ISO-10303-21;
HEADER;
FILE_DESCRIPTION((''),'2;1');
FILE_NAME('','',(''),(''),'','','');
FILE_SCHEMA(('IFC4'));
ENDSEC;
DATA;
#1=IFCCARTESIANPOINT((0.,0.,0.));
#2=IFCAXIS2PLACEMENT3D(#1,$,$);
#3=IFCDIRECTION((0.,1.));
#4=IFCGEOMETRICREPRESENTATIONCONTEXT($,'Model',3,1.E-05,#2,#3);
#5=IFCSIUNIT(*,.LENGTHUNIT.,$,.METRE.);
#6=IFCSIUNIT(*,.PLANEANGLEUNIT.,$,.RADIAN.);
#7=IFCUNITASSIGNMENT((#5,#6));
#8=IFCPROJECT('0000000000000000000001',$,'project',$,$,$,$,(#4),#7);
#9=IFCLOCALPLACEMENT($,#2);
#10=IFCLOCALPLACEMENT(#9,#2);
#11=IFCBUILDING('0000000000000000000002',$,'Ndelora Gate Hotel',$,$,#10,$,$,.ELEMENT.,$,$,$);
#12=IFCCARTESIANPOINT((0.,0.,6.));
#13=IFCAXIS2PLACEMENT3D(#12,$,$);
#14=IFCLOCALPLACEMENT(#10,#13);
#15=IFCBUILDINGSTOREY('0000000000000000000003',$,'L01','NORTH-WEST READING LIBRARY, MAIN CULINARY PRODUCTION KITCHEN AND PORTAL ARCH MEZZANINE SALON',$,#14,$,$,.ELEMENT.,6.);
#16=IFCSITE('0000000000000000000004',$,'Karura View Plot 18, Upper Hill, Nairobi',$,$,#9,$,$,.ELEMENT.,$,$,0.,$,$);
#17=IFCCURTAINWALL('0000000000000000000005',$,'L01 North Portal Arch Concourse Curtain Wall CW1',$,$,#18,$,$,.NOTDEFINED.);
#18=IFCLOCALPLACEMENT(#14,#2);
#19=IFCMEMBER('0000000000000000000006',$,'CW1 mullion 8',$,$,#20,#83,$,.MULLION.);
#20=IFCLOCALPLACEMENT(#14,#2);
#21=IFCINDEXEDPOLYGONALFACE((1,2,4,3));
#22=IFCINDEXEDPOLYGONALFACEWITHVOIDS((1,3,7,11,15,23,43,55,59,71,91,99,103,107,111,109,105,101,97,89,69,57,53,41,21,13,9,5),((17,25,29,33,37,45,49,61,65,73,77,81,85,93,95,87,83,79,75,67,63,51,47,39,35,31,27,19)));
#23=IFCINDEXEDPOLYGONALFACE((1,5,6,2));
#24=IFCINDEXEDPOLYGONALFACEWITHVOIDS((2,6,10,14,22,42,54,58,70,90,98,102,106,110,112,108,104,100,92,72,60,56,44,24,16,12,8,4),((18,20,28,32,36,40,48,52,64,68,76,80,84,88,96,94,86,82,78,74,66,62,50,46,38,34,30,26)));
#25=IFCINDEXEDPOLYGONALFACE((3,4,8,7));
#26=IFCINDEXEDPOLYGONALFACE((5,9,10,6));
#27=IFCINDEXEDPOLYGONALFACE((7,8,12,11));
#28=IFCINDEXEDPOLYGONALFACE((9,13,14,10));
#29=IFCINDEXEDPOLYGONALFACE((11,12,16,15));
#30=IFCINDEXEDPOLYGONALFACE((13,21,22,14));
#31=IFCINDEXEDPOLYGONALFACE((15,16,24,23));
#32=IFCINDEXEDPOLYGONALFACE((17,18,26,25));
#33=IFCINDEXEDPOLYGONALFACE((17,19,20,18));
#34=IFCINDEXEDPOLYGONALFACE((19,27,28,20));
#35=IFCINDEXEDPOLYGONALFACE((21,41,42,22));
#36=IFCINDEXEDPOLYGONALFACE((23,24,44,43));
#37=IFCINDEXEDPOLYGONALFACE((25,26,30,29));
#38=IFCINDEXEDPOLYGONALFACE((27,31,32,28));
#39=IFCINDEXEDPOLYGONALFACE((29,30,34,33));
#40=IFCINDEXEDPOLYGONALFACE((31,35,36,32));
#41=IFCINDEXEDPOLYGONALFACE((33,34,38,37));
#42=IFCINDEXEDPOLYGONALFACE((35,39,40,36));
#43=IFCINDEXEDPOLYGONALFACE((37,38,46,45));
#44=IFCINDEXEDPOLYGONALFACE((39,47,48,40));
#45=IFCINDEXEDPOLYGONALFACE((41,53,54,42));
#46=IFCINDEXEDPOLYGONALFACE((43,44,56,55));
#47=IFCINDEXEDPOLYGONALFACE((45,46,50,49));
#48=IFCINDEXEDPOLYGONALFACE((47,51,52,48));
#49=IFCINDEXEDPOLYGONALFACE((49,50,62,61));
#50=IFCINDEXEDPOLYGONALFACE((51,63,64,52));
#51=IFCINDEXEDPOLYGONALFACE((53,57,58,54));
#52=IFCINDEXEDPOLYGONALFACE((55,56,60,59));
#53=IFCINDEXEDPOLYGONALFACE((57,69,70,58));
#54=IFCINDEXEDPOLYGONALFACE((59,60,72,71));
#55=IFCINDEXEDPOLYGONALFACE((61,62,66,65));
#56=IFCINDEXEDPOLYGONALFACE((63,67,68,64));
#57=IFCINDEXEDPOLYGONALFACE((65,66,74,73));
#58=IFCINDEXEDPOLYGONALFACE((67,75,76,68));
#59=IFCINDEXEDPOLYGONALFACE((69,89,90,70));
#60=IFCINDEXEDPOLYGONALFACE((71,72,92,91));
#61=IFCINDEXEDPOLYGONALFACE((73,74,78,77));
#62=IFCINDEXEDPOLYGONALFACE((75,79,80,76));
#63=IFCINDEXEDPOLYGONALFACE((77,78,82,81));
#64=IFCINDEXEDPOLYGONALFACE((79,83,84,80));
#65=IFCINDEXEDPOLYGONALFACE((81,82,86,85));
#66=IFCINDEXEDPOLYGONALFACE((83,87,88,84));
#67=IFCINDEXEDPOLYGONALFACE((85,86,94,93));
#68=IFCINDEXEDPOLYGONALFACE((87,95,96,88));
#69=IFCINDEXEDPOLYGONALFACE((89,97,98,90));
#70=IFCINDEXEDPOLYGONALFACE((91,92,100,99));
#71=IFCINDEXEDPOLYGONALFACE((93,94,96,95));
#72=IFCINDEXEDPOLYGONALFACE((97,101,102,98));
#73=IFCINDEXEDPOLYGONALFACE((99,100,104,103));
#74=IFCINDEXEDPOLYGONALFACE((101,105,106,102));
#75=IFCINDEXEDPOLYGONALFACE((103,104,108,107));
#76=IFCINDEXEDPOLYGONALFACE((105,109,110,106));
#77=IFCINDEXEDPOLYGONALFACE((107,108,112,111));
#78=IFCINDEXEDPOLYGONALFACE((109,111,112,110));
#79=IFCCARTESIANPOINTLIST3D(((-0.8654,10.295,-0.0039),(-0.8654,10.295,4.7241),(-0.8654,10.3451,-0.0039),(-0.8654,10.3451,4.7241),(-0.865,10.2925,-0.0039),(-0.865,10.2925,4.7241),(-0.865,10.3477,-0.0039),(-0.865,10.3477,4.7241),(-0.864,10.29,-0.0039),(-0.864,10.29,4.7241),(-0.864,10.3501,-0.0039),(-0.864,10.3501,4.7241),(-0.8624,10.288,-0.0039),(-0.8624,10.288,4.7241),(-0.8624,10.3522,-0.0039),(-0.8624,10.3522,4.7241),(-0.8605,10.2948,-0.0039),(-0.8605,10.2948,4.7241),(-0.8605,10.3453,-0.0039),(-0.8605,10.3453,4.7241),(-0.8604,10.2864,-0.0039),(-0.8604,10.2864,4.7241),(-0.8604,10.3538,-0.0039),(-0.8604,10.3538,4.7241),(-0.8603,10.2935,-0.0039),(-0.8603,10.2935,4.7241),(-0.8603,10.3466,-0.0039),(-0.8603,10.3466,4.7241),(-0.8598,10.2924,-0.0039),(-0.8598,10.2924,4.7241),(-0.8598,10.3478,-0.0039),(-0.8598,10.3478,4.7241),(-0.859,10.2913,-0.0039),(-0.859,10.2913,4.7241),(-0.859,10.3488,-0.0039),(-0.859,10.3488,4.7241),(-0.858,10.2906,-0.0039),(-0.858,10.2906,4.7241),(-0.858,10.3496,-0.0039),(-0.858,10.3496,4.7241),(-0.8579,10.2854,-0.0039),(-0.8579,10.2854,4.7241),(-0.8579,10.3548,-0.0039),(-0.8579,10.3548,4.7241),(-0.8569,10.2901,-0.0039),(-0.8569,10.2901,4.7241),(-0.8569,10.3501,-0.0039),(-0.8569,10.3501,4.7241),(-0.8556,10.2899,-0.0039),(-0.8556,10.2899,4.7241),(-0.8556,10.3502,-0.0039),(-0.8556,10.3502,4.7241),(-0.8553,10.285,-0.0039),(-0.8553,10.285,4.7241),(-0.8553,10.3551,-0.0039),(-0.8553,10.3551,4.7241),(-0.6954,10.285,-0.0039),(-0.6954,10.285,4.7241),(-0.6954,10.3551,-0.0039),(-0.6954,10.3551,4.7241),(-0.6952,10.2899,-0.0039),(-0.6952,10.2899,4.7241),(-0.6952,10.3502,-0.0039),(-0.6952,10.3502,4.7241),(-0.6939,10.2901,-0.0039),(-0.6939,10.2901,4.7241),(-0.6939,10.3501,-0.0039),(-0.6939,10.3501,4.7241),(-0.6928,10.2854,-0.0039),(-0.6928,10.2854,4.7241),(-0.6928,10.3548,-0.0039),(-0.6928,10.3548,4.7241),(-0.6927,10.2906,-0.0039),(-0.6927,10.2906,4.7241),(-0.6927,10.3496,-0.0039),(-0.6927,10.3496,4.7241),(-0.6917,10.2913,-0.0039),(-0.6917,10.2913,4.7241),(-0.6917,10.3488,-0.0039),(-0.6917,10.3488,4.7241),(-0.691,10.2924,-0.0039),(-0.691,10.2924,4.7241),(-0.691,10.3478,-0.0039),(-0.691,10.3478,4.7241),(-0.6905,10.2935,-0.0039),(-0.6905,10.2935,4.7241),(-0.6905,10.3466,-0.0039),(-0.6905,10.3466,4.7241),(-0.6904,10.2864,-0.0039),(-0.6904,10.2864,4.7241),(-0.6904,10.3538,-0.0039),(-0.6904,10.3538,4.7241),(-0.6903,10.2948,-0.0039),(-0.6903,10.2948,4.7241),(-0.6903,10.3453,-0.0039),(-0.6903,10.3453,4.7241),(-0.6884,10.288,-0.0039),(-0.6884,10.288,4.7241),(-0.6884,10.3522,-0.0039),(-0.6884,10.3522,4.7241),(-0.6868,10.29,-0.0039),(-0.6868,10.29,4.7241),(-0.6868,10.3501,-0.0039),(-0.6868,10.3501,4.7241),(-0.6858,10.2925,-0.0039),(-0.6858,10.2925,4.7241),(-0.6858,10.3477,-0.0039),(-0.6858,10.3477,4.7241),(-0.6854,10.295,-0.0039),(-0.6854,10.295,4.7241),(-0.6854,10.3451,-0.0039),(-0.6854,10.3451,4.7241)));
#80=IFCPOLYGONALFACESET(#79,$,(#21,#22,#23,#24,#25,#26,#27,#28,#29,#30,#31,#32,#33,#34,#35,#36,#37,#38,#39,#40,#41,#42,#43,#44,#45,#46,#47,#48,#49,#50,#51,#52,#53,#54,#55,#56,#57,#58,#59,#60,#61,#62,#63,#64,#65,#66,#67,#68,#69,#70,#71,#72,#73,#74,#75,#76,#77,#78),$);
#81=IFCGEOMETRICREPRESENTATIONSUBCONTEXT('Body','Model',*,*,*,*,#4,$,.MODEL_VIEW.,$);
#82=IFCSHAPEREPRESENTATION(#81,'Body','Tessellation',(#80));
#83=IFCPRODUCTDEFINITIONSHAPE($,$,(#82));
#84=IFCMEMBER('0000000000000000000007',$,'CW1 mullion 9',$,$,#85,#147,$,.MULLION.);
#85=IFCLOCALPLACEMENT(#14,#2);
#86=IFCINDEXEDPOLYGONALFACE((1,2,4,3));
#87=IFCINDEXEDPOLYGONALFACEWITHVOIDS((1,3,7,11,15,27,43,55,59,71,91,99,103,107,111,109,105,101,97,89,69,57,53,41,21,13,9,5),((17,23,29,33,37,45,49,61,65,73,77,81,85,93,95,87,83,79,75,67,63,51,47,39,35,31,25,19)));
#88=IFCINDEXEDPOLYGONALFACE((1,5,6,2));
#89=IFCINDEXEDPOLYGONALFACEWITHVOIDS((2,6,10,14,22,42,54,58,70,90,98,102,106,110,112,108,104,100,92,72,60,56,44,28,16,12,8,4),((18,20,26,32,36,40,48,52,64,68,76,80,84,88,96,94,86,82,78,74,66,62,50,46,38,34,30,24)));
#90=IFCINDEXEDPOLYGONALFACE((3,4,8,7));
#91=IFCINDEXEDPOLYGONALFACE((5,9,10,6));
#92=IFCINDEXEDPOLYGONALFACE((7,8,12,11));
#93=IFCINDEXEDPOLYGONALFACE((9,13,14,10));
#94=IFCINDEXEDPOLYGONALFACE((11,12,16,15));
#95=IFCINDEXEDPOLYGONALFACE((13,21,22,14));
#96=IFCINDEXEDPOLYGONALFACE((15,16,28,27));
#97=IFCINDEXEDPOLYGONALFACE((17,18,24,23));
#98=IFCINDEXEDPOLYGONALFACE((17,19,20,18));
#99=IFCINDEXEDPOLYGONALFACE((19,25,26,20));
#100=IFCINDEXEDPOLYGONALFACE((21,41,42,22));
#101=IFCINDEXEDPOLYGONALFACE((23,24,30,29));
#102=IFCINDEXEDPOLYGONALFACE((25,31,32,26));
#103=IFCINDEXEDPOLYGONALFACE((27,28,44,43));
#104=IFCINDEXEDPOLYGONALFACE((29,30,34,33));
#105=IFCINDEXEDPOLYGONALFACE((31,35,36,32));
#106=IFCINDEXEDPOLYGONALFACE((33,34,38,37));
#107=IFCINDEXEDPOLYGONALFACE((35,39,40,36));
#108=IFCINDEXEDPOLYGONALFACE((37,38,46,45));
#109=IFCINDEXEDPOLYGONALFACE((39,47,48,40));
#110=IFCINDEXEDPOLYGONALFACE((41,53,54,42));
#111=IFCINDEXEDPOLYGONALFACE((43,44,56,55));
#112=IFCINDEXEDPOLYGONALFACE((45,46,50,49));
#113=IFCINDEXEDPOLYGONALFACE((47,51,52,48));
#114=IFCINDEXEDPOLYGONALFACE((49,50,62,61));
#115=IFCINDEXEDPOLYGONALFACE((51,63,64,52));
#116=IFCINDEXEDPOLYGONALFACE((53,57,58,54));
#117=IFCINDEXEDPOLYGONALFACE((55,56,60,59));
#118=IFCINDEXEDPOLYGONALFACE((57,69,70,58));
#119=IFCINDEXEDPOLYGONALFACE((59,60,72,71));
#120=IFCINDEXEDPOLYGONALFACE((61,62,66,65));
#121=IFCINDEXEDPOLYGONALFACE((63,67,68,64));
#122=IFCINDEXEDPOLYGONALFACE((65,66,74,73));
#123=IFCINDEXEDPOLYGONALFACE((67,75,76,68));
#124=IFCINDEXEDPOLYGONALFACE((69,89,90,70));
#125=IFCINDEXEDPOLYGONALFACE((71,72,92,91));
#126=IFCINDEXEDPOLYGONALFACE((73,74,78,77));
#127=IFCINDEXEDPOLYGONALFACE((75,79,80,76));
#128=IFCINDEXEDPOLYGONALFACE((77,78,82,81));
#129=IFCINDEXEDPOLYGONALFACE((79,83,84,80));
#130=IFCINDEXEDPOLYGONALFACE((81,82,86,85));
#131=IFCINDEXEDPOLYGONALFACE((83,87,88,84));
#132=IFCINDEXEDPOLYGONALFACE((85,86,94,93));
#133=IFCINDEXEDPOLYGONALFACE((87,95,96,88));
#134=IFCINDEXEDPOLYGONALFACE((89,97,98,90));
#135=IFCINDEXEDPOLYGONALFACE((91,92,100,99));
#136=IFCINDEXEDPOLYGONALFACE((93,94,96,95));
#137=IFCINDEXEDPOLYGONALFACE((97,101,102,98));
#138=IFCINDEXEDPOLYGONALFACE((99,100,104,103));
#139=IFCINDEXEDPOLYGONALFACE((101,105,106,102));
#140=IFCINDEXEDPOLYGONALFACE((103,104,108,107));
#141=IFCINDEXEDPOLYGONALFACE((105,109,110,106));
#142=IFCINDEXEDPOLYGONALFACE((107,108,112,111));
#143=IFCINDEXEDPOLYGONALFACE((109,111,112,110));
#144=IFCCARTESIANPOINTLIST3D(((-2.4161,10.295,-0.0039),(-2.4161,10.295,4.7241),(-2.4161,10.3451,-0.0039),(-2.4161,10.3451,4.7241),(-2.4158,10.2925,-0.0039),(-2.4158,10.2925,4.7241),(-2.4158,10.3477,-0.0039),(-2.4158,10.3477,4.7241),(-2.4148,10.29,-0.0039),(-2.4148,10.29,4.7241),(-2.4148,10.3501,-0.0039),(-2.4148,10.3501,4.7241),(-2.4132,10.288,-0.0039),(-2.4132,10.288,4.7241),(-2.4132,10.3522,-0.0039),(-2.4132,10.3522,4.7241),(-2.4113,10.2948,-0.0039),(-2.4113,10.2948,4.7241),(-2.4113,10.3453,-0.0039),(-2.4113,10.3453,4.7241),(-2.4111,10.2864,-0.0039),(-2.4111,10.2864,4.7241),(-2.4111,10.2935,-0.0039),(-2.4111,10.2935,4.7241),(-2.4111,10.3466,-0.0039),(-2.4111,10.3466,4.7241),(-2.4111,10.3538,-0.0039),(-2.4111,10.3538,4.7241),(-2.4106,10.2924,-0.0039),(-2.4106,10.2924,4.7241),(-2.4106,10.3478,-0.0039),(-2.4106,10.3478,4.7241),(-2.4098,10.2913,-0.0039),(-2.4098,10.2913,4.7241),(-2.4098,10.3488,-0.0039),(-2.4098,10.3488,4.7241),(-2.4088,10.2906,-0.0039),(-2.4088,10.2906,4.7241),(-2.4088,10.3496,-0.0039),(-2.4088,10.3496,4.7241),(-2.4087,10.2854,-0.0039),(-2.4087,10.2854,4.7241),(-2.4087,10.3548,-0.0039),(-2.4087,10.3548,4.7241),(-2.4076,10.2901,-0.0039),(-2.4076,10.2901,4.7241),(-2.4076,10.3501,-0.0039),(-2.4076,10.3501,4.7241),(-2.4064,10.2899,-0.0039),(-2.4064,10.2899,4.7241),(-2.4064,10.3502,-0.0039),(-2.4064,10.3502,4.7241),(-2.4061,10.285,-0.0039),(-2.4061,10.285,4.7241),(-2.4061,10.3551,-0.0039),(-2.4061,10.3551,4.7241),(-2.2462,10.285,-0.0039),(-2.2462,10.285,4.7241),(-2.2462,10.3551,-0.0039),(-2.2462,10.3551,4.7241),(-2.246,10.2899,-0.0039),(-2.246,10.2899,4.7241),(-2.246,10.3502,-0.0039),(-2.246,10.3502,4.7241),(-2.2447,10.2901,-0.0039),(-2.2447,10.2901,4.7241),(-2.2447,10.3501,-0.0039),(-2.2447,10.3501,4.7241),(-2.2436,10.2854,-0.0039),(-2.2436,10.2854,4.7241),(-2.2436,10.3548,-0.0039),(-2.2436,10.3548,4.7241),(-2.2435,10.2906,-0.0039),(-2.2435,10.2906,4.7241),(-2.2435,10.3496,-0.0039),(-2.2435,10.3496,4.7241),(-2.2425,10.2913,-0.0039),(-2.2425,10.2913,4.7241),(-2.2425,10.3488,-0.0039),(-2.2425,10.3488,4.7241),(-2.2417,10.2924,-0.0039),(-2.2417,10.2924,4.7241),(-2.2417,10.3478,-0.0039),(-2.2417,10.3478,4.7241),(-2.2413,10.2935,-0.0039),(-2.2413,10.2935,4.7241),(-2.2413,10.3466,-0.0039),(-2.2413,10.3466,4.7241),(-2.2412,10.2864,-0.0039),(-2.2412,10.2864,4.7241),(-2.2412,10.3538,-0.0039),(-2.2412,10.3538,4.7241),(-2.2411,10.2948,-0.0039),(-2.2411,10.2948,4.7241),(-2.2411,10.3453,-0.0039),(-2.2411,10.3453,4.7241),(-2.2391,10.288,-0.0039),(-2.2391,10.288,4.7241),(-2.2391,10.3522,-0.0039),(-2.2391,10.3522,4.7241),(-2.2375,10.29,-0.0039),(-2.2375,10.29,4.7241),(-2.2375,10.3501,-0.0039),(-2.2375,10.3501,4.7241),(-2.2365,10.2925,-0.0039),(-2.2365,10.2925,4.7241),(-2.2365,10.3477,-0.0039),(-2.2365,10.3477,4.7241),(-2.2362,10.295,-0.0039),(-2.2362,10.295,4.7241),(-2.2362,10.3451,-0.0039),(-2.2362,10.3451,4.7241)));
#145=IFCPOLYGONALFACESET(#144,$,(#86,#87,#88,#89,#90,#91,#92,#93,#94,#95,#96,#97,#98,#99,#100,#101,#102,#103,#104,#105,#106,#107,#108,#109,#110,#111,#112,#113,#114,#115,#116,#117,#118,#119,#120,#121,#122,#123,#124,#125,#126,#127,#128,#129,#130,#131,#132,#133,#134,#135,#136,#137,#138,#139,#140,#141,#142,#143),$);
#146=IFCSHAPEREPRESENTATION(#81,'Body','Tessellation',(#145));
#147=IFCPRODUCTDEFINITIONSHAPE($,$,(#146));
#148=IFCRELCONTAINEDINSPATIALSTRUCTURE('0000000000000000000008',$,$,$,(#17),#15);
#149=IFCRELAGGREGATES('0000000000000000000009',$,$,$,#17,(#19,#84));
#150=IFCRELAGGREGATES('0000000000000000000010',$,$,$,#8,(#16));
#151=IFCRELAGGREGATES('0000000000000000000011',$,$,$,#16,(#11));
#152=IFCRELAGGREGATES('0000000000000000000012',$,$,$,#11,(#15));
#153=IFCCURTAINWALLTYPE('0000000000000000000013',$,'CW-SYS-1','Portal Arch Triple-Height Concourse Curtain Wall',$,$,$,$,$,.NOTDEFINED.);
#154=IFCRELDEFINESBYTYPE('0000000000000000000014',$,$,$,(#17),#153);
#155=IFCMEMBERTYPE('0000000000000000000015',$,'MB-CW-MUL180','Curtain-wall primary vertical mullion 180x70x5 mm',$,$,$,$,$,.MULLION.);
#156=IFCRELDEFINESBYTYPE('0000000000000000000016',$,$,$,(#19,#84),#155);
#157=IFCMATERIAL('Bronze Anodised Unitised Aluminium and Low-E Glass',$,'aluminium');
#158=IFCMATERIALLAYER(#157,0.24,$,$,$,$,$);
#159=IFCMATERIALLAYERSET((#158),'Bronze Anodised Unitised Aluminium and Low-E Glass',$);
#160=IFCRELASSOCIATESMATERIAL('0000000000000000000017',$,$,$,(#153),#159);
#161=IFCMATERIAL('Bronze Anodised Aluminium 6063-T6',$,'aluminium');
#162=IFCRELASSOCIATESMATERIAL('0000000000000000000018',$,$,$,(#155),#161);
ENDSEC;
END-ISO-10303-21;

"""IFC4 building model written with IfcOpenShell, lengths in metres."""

from ifc_helpers import new_model, si_unit, direction, frame, origin, origin_2d, place, context, subcontext, project, spatial, hollow_rectangle, extrude, material, layer, layer_set, material_profile, profile_set, type_object, element, aggregate, save


model = new_model("IFC4")

# Units and contexts
model_context = context("Model", 3, precision=1e-05, world=origin(), true_north=direction((0.0, 1.0)))
body_context = subcontext(model_context, "Body", "Model", "MODEL_VIEW")
ifc_project = project(units=[si_unit("LENGTHUNIT", "METRE"), si_unit("PLANEANGLEUNIT", "RADIAN")], contexts=[model_context])

# Site, building, storey
site_placement = place(None, origin())
site = spatial("IfcSite", under=ifc_project, at=site_placement, Name="Karura View Plot 18, Upper Hill, Nairobi", CompositionType="ELEMENT", RefElevation=0.0)
building_placement = place(site_placement, origin())
building = spatial("IfcBuilding", under=site, at=building_placement, Name="Ndelora Gate Hotel", CompositionType="ELEMENT")
storey_placement = place(building_placement, frame((0.0, 0.0, 6.0)))
storey = spatial("IfcBuildingStorey", under=building, at=storey_placement, Name="L01", Description="NORTH-WEST READING LIBRARY, MAIN CULINARY PRODUCTION KITCHEN AND PORTAL ARCH MEZZANINE SALON", CompositionType="ELEMENT", Elevation=6.0)

# Curtain wall, members
ifc_material_1 = material(Name="Bronze Anodised Unitised Aluminium and Low-E Glass", Category="aluminium")
ifc_layer_1 = layer(ifc_material_1, 0.24)
ifc_layer_set_1 = layer_set([ifc_layer_1], Name="Bronze Anodised Unitised Aluminium and Low-E Glass")
curtain_wall_type = type_object("IfcCurtainWallType", Name="CW-SYS-1", Description="Portal Arch Triple-Height Concourse Curtain Wall", PredefinedType="NOTDEFINED", material=ifc_layer_set_1)
curtain_wall_placement = place(storey_placement, origin())
curtain_wall = element("IfcCurtainWall", 1, at=curtain_wall_placement, inside=storey, type_object=curtain_wall_type, Name="L01 North Portal Arch Concourse Curtain Wall CW1", PredefinedType="NOTDEFINED")
ifc_material_2 = material(Name="Bronze Anodised Aluminium 6063-T6", Category="aluminium")
ifc_material_profile_1 = material_profile(ifc_material_2, hollow_rectangle(XDim=0.0701, YDim=0.1799, WallThickness=0.0049, InnerFilletRadius=0.0049, OuterFilletRadius=0.01, at=origin_2d()), Name="ALU 180x70x5")
ifc_profile_set_1 = profile_set([ifc_material_profile_1], Name="Bronze Anodised Aluminium 6063-T6")
member_type_1 = type_object("IfcMemberType", Name="MB-CW-MUL180", Description="Curtain-wall primary vertical mullion 180x70x5 mm", PredefinedType="MULLION", material=ifc_profile_set_1)
member_1_placement = place(storey_placement, frame((-0.7754, 10.3201, -0.0039), z_axis=(0.0, 0.0, 1.0), x_axis=(0.0, -1.0, 0.0)))
member_1 = element("IfcMember", 2, at=member_1_placement, type_object=member_type_1, Name="CW1 mullion 8", PredefinedType="MULLION", context=body_context, shape_type="SweptSolid", body=[
    extrude(hollow_rectangle(XDim=0.0701, YDim=0.1799, WallThickness=0.0049, InnerFilletRadius=0.0049, OuterFilletRadius=0.01, at=origin_2d()), origin(), (0.0, 0.0, 1.0), 4.728),
])
member_2_placement = place(storey_placement, frame((-2.3262, 10.3201, -0.0039), z_axis=(0.0, 0.0, 1.0), x_axis=(0.0, -1.0, 0.0)))
member_2 = element("IfcMember", 3, at=member_2_placement, type_object=member_type_1, Name="CW1 mullion 9", PredefinedType="MULLION", context=body_context, shape_type="SweptSolid", body=[
    extrude(hollow_rectangle(XDim=0.0701, YDim=0.1799, WallThickness=0.0049, InnerFilletRadius=0.0049, OuterFilletRadius=0.01, at=origin_2d()), origin(), (0.0, 0.0, 1.0), 4.728),
])
aggregate(curtain_wall, [member_1, member_2])

save(model, "model.ifc")
